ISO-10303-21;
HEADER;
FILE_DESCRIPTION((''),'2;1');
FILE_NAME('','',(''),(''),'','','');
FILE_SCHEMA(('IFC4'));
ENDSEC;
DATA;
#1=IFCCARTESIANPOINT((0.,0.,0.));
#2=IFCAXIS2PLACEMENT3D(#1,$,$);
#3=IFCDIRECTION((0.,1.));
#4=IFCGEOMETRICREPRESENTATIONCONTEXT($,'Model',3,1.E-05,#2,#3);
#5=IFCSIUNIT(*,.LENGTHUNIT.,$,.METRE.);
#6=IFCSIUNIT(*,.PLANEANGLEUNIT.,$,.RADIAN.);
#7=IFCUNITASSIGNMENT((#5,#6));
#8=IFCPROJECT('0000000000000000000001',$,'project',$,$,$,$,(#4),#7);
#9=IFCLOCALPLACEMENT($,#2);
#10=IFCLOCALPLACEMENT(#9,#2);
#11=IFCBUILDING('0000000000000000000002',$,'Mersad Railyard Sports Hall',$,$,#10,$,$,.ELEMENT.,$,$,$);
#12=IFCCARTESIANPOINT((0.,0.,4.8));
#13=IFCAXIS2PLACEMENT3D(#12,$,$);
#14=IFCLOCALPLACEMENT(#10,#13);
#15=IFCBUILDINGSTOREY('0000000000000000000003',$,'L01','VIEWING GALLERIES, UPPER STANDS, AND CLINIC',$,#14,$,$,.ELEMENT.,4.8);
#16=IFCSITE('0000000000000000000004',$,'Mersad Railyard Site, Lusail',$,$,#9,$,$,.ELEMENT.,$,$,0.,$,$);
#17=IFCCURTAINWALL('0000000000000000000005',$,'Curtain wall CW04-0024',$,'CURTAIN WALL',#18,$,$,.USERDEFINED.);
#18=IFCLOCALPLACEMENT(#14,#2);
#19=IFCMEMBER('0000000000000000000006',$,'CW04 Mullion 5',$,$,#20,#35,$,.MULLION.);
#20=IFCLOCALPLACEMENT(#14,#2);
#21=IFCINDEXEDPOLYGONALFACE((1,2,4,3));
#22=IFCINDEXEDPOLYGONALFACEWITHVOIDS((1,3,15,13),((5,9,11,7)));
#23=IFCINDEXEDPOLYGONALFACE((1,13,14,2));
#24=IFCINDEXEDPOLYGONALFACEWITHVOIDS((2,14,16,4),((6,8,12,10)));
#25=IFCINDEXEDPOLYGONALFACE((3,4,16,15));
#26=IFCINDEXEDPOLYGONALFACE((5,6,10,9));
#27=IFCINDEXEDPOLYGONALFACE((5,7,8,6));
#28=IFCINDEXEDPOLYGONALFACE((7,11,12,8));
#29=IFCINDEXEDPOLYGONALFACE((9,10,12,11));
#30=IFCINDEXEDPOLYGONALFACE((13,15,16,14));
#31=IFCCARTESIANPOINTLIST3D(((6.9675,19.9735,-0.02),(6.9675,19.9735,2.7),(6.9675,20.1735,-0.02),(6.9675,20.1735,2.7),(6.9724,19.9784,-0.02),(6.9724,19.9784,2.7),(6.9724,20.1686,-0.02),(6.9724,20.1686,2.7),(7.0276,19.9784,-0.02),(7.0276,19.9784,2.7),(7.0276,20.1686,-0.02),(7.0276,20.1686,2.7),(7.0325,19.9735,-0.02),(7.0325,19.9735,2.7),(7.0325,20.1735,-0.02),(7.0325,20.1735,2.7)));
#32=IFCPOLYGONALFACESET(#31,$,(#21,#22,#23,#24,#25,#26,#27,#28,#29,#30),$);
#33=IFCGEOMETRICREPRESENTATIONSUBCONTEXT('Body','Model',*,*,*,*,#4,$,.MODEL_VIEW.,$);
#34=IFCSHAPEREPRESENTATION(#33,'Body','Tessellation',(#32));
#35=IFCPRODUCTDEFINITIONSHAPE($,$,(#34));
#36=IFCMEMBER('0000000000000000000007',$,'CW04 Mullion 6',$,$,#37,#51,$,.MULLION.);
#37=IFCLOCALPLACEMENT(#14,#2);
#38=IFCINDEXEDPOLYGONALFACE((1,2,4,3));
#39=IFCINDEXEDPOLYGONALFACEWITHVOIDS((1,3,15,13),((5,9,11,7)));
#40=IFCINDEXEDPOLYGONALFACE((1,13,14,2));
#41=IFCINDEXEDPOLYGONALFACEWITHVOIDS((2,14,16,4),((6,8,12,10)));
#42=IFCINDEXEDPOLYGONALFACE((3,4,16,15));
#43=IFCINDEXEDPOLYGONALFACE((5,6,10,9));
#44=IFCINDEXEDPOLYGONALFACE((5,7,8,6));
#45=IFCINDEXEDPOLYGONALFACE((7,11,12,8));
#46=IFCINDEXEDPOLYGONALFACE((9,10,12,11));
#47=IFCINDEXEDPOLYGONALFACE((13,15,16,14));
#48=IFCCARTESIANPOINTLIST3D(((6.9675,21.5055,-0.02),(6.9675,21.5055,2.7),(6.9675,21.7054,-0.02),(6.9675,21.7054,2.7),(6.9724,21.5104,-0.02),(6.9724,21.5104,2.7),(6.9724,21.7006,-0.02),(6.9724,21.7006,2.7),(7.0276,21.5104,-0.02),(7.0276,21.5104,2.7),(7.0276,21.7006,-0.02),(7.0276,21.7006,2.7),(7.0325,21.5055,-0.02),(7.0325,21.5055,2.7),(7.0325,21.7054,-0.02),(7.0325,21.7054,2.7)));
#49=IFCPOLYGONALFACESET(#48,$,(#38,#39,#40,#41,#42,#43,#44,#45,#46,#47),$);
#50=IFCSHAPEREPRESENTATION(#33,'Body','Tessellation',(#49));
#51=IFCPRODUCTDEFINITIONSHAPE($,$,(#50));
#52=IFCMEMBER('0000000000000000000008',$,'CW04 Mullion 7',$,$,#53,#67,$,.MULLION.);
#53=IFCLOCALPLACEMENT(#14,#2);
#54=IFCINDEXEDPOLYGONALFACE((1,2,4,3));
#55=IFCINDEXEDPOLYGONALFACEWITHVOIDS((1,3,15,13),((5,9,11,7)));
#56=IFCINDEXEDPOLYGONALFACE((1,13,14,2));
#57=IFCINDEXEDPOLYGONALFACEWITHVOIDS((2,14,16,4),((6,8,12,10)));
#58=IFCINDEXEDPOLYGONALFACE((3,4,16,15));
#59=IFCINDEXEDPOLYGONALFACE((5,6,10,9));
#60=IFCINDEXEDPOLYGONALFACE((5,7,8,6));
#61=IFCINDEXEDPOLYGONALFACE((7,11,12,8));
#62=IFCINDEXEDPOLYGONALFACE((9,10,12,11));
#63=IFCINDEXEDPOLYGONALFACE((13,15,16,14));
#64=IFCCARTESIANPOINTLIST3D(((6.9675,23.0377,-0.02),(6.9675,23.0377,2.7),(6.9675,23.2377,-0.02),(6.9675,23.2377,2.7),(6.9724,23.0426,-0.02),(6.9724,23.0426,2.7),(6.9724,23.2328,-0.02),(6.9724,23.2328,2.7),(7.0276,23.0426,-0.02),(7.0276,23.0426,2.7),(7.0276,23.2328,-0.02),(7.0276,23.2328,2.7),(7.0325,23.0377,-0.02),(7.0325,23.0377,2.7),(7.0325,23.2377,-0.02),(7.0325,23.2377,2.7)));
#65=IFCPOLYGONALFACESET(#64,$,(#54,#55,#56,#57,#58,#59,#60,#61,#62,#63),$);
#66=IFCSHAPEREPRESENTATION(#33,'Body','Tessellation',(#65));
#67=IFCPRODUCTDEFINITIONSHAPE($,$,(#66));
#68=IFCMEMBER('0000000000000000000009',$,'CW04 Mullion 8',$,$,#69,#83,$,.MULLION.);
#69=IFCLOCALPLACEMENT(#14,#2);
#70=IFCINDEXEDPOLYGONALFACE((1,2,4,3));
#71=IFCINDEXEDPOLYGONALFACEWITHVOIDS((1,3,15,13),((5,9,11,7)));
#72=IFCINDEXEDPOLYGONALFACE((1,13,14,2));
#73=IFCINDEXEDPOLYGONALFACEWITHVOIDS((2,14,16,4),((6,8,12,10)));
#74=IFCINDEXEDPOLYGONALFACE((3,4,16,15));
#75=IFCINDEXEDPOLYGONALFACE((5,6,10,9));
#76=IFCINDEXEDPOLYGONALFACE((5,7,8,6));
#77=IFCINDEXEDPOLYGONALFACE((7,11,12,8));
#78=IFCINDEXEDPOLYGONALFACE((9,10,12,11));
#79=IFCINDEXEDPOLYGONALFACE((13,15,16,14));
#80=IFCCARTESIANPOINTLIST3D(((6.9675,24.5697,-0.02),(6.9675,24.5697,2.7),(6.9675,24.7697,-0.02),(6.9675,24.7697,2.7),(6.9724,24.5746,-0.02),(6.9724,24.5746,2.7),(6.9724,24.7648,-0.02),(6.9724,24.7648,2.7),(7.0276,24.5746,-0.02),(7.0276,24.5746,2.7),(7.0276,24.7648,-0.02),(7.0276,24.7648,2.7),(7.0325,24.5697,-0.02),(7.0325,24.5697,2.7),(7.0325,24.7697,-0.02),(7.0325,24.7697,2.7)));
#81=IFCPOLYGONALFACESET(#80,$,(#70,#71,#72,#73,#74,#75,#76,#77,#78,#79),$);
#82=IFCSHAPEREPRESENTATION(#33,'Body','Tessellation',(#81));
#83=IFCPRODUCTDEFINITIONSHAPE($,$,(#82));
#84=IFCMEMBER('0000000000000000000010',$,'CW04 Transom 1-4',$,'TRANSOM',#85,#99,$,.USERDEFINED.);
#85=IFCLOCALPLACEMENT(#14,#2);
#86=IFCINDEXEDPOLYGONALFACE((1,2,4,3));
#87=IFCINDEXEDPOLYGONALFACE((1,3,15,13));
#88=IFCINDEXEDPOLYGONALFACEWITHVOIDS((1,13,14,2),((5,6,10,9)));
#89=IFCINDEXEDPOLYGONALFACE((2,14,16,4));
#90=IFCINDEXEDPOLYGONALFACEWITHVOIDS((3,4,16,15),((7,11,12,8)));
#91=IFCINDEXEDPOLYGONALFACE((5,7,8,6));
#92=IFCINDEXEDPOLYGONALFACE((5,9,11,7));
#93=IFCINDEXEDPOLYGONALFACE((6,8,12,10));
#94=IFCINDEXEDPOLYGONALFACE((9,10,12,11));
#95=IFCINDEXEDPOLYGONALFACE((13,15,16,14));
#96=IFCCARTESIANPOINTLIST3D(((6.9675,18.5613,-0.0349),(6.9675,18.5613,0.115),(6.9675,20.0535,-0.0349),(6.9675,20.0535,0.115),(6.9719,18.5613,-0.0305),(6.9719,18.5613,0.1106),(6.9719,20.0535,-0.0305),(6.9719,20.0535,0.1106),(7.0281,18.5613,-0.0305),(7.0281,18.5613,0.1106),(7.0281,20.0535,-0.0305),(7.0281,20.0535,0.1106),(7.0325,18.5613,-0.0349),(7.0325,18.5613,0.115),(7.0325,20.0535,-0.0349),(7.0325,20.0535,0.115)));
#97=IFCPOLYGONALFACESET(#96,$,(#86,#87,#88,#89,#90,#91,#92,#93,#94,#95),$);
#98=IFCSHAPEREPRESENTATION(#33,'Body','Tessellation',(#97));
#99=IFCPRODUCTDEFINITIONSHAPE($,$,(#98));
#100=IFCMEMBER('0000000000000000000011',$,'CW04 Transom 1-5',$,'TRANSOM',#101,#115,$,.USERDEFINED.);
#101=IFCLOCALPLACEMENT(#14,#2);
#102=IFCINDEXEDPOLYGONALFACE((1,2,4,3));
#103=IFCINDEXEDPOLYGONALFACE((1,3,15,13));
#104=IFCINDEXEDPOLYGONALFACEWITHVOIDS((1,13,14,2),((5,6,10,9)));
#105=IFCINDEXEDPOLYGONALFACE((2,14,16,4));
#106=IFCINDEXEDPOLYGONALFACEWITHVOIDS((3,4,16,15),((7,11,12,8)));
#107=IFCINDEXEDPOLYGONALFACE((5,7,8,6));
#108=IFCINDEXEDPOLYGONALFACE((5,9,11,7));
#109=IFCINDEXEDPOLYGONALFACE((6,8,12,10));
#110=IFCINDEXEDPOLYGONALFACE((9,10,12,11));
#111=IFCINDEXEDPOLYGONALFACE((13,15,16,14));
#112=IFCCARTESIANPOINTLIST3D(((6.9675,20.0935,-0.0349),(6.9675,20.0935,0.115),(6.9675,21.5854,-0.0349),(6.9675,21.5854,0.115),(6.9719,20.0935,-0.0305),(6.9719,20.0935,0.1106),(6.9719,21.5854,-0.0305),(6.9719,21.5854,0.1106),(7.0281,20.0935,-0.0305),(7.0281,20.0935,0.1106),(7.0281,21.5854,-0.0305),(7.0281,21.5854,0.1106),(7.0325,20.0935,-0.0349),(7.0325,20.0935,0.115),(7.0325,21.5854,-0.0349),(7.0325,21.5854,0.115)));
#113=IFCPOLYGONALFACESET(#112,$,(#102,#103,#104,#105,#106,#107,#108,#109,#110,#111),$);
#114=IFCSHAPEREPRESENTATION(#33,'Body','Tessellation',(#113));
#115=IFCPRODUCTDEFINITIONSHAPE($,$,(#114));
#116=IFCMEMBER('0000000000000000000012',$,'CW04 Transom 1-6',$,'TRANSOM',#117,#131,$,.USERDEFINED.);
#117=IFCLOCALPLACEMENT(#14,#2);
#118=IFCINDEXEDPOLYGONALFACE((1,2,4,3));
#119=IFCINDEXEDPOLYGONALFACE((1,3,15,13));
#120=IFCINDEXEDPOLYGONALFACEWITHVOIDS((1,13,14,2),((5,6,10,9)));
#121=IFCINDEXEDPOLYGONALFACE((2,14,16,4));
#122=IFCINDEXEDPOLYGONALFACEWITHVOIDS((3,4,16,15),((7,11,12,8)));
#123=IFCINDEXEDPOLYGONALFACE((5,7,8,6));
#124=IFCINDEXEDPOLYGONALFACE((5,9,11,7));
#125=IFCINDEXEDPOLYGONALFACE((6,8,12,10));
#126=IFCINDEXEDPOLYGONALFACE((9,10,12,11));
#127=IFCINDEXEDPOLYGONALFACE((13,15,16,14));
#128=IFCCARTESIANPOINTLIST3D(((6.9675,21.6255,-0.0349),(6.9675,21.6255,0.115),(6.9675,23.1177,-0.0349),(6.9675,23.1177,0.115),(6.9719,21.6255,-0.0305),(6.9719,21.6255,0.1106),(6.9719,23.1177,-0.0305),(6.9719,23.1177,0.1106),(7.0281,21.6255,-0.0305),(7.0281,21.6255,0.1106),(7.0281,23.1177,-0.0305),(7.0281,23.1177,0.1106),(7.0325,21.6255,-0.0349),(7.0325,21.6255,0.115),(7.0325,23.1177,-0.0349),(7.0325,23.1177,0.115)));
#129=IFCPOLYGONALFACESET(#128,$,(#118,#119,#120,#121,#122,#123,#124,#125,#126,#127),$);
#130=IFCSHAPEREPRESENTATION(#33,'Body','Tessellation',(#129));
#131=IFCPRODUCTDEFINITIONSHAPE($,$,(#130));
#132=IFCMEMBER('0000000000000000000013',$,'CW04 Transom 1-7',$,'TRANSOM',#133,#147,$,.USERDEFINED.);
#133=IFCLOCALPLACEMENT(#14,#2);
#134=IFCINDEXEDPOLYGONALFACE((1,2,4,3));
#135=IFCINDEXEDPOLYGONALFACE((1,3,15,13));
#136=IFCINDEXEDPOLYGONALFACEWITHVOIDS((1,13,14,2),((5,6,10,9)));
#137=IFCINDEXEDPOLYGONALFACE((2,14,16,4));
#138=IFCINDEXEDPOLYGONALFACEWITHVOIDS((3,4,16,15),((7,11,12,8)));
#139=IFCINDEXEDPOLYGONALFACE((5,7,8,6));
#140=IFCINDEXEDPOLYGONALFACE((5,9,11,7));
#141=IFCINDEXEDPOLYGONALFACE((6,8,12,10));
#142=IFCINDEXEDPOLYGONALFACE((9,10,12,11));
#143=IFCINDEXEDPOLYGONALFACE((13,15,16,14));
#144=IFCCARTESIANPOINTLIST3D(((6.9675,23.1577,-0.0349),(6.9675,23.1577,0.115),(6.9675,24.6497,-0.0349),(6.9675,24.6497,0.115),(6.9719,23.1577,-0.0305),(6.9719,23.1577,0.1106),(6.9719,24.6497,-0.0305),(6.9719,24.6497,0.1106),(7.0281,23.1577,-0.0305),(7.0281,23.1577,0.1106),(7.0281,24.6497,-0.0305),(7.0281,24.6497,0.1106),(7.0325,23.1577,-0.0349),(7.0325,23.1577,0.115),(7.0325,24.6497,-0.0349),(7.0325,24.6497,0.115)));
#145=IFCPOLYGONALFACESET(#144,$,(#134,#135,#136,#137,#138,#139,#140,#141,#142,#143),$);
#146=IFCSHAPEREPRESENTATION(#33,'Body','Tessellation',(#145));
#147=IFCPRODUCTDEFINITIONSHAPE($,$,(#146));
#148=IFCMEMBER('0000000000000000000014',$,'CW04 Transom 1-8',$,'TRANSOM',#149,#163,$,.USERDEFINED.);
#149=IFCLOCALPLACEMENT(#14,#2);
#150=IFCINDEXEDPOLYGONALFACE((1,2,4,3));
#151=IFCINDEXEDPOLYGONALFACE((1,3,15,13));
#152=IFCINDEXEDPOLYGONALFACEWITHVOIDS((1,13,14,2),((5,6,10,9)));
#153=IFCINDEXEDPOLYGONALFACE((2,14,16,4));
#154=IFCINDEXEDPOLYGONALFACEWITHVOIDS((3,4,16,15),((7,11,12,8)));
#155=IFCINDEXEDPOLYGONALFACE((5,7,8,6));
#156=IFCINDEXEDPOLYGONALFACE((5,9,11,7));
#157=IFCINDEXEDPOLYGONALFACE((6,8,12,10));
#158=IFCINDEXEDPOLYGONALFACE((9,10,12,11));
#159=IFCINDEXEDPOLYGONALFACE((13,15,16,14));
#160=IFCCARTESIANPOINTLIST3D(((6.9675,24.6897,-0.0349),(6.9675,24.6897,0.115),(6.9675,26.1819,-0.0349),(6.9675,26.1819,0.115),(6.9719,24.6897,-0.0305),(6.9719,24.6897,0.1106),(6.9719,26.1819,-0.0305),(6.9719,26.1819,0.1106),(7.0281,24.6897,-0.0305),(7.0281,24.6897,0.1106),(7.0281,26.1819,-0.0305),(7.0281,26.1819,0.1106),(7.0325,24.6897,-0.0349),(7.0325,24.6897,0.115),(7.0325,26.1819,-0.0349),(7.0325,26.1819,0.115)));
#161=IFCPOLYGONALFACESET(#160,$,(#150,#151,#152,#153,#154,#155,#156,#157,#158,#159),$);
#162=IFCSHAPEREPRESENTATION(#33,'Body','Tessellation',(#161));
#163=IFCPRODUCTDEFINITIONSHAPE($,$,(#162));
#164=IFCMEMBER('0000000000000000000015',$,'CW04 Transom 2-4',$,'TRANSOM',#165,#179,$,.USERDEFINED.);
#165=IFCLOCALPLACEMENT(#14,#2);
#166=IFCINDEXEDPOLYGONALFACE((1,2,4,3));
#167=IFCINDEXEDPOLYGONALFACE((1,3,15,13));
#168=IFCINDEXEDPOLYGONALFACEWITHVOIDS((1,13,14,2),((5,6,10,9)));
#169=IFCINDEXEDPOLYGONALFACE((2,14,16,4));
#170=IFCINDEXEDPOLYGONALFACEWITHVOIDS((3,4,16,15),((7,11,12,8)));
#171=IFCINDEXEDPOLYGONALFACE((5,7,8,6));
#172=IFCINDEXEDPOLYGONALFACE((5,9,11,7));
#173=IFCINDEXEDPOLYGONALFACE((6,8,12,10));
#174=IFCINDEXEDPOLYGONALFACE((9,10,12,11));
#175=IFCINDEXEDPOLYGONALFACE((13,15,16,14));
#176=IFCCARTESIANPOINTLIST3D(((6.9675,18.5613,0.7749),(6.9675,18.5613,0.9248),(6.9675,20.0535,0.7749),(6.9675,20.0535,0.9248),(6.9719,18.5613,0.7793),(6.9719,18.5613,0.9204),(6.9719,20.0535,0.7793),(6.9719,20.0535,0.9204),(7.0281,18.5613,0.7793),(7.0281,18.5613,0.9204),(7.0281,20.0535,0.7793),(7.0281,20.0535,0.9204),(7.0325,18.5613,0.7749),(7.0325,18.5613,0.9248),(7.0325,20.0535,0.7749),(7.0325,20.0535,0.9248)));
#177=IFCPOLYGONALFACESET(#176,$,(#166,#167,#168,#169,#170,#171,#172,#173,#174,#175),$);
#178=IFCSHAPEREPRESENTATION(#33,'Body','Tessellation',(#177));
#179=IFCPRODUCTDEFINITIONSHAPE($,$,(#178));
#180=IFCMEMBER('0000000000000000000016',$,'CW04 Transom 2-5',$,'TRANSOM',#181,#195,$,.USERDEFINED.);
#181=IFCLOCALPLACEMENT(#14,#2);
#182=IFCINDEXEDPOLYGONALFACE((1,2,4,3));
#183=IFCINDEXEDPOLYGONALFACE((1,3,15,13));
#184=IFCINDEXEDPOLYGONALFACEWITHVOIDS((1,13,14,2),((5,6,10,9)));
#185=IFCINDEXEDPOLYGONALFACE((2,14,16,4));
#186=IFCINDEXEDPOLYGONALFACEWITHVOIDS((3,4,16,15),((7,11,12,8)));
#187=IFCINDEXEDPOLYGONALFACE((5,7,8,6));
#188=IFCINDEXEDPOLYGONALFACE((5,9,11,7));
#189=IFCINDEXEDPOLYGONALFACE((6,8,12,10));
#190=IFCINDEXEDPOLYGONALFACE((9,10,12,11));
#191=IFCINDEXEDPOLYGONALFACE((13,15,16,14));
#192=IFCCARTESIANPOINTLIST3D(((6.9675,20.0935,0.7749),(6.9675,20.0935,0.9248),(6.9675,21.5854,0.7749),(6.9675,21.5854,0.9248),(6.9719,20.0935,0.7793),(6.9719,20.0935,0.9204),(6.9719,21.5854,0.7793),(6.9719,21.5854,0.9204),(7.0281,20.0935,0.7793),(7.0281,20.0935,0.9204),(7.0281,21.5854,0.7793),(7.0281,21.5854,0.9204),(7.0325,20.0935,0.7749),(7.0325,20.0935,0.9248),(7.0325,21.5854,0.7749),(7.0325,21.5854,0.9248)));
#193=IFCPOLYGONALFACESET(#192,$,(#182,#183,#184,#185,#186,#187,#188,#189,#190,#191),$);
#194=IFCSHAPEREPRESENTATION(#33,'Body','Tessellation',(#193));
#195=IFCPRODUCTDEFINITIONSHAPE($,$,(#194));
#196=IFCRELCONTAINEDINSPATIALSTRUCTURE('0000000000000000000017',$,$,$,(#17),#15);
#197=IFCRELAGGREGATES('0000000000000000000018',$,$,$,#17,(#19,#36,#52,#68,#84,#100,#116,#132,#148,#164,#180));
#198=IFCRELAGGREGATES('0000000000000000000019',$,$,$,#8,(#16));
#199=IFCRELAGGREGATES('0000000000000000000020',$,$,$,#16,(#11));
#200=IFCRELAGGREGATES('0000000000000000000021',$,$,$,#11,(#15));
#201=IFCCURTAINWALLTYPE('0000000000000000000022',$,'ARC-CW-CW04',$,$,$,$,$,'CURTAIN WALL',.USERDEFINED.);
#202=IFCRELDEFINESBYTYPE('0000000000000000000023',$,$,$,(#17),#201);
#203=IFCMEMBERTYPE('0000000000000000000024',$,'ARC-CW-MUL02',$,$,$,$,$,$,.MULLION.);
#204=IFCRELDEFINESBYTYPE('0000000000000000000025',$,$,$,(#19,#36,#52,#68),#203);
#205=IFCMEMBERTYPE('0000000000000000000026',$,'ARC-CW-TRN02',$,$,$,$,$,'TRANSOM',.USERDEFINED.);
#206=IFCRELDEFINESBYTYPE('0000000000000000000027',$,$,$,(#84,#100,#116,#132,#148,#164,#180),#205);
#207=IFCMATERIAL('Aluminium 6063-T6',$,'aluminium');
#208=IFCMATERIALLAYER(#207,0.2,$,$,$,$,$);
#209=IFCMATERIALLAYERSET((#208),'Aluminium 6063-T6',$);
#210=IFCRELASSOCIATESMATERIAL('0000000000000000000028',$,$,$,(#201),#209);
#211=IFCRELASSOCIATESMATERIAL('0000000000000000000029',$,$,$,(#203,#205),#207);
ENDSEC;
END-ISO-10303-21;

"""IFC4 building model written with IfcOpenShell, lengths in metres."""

from ifc_helpers import new_model, si_unit, direction, frame, origin, origin_2d, place, context, subcontext, project, spatial, hollow_rectangle, extrude, material, layer, layer_set, material_profile, profile_set, type_object, element, aggregate, save


model = new_model("IFC4")

# Units and contexts
model_context = context("Model", 3, precision=1e-05, world=origin(), true_north=direction((0.0, 1.0)))
body_context = subcontext(model_context, "Body", "Model", "MODEL_VIEW")
ifc_project = project(units=[si_unit("LENGTHUNIT", "METRE"), si_unit("PLANEANGLEUNIT", "RADIAN")], contexts=[model_context])

# Site, building, storey
site_placement = place(None, origin())
site = spatial("IfcSite", under=ifc_project, at=site_placement, Name="Mersad Railyard Site, Lusail", CompositionType="ELEMENT", RefElevation=0.0)
building_placement = place(site_placement, origin())
building = spatial("IfcBuilding", under=site, at=building_placement, Name="Mersad Railyard Sports Hall", CompositionType="ELEMENT")
storey_placement = place(building_placement, frame((0.0, 0.0, 4.8)))
storey = spatial("IfcBuildingStorey", under=building, at=storey_placement, Name="L01", Description="VIEWING GALLERIES, UPPER STANDS, AND CLINIC", CompositionType="ELEMENT", Elevation=4.8)

# Curtain wall, members
ifc_material_1 = material(Name="Aluminium 6063-T6", Category="aluminium")
ifc_layer_1 = layer(ifc_material_1, 0.2)
ifc_layer_set_1 = layer_set([ifc_layer_1], Name="Aluminium 6063-T6")
curtain_wall_type = type_object("IfcCurtainWallType", Name="ARC-CW-CW04", ElementType="CURTAIN WALL", PredefinedType="USERDEFINED", material=ifc_layer_set_1)
curtain_wall_placement = place(storey_placement, origin())
curtain_wall = element("IfcCurtainWall", 1, at=curtain_wall_placement, inside=storey, type_object=curtain_wall_type, Name="Curtain wall CW04-0024", ObjectType="CURTAIN WALL", PredefinedType="USERDEFINED")
ifc_material_profile_1 = material_profile(ifc_material_1, hollow_rectangle(XDim=0.0649, YDim=0.2, WallThickness=0.0049, at=origin_2d()), Name="AL MULLION 65x200x5")
ifc_profile_set_1 = profile_set([ifc_material_profile_1], Name="Aluminium 6063-T6")
member_type_1 = type_object("IfcMemberType", Name="ARC-CW-MUL02", PredefinedType="MULLION", material=ifc_profile_set_1)
member_1_placement = place(storey_placement, frame((7.0, 20.0735, -0.02), z_axis=(0.0, 0.0, 1.0), x_axis=(1.0, 0.0, 0.0)))
member_1 = element("IfcMember", 2, at=member_1_placement, type_object=member_type_1, Name="CW04 Mullion 5", PredefinedType="MULLION", context=body_context, shape_type="SweptSolid", body=[
    extrude(hollow_rectangle(XDim=0.0649, YDim=0.2, WallThickness=0.0049, at=origin_2d()), origin(), (0.0, 0.0, 1.0), 2.72),
])
member_2_placement = place(storey_placement, frame((7.0, 21.6055, -0.02), z_axis=(0.0, 0.0, 1.0), x_axis=(1.0, 0.0, 0.0)))
member_2 = element("IfcMember", 3, at=member_2_placement, type_object=member_type_1, Name="CW04 Mullion 6", PredefinedType="MULLION", context=body_context, shape_type="SweptSolid", body=[
    extrude(hollow_rectangle(XDim=0.0649, YDim=0.2, WallThickness=0.0049, at=origin_2d()), origin(), (0.0, 0.0, 1.0), 2.72),
])
member_3_placement = place(storey_placement, frame((7.0, 23.1377, -0.02), z_axis=(0.0, 0.0, 1.0), x_axis=(1.0, 0.0, 0.0)))
member_3 = element("IfcMember", 4, at=member_3_placement, type_object=member_type_1, Name="CW04 Mullion 7", PredefinedType="MULLION", context=body_context, shape_type="SweptSolid", body=[
    extrude(hollow_rectangle(XDim=0.0649, YDim=0.2, WallThickness=0.0049, at=origin_2d()), origin(), (0.0, 0.0, 1.0), 2.72),
])
member_4_placement = place(storey_placement, frame((7.0, 24.6697, -0.02), z_axis=(0.0, 0.0, 1.0), x_axis=(1.0, 0.0, 0.0)))
member_4 = element("IfcMember", 5, at=member_4_placement, type_object=member_type_1, Name="CW04 Mullion 8", PredefinedType="MULLION", context=body_context, shape_type="SweptSolid", body=[
    extrude(hollow_rectangle(XDim=0.0649, YDim=0.2, WallThickness=0.0049, at=origin_2d()), origin(), (0.0, 0.0, 1.0), 2.72),
])
ifc_material_profile_2 = material_profile(ifc_material_1, hollow_rectangle(XDim=0.0649, YDim=0.1499, WallThickness=0.0044, at=origin_2d()), Name="AL TRANSOM 65x150x4.5")
ifc_profile_set_2 = profile_set([ifc_material_profile_2], Name="Aluminium 6063-T6")
member_type_2 = type_object("IfcMemberType", Name="ARC-CW-TRN02", ElementType="TRANSOM", PredefinedType="USERDEFINED", material=ifc_profile_set_2)
member_5_placement = place(storey_placement, frame((7.0, 18.5613, 0.04), z_axis=(0.0, 1.0, 0.0), x_axis=(-1.0, 0.0, 0.0)))
member_5 = element("IfcMember", 6, at=member_5_placement, type_object=member_type_2, Name="CW04 Transom 1-4", ObjectType="TRANSOM", PredefinedType="USERDEFINED", context=body_context, shape_type="SweptSolid", body=[
    extrude(hollow_rectangle(XDim=0.0649, YDim=0.1499, WallThickness=0.0044, at=origin_2d()), origin(), (0.0, 0.0, 1.0), 1.4922),
])
member_6_placement = place(storey_placement, frame((7.0, 20.0935, 0.04), z_axis=(0.0, 1.0, 0.0), x_axis=(-1.0, 0.0, 0.0)))
member_6 = element("IfcMember", 7, at=member_6_placement, type_object=member_type_2, Name="CW04 Transom 1-5", ObjectType="TRANSOM", PredefinedType="USERDEFINED", context=body_context, shape_type="SweptSolid", body=[
    extrude(hollow_rectangle(XDim=0.0649, YDim=0.1499, WallThickness=0.0044, at=origin_2d()), origin(), (0.0, 0.0, 1.0), 1.4919),
])
member_7_placement = place(storey_placement, frame((7.0, 21.6255, 0.04), z_axis=(0.0, 1.0, 0.0), x_axis=(-1.0, 0.0, 0.0)))
member_7 = element("IfcMember", 8, at=member_7_placement, type_object=member_type_2, Name="CW04 Transom 1-6", ObjectType="TRANSOM", PredefinedType="USERDEFINED", context=body_context, shape_type="SweptSolid", body=[
    extrude(hollow_rectangle(XDim=0.0649, YDim=0.1499, WallThickness=0.0044, at=origin_2d()), origin(), (0.0, 0.0, 1.0), 1.4922),
])
member_8_placement = place(storey_placement, frame((7.0, 23.1577, 0.04), z_axis=(0.0, 1.0, 0.0), x_axis=(-1.0, 0.0, 0.0)))
member_8 = element("IfcMember", 9, at=member_8_placement, type_object=member_type_2, Name="CW04 Transom 1-7", ObjectType="TRANSOM", PredefinedType="USERDEFINED", context=body_context, shape_type="SweptSolid", body=[
    extrude(hollow_rectangle(XDim=0.0649, YDim=0.1499, WallThickness=0.0044, at=origin_2d()), origin(), (0.0, 0.0, 1.0), 1.4919),
])
member_9_placement = place(storey_placement, frame((7.0, 24.6897, 0.04), z_axis=(0.0, 1.0, 0.0), x_axis=(-1.0, 0.0, 0.0)))
member_9 = element("IfcMember", 10, at=member_9_placement, type_object=member_type_2, Name="CW04 Transom 1-8", ObjectType="TRANSOM", PredefinedType="USERDEFINED", context=body_context, shape_type="SweptSolid", body=[
    extrude(hollow_rectangle(XDim=0.0649, YDim=0.1499, WallThickness=0.0044, at=origin_2d()), origin(), (0.0, 0.0, 1.0), 1.4922),
])
member_10_placement = place(storey_placement, frame((7.0, 18.5613, 0.8499), z_axis=(0.0, 1.0, 0.0), x_axis=(-1.0, 0.0, 0.0)))
member_10 = element("IfcMember", 11, at=member_10_placement, type_object=member_type_2, Name="CW04 Transom 2-4", ObjectType="TRANSOM", PredefinedType="USERDEFINED", context=body_context, shape_type="SweptSolid", body=[
    extrude(hollow_rectangle(XDim=0.0649, YDim=0.1499, WallThickness=0.0044, at=origin_2d()), origin(), (0.0, 0.0, 1.0), 1.4922),
])
member_11_placement = place(storey_placement, frame((7.0, 20.0935, 0.8499), z_axis=(0.0, 1.0, 0.0), x_axis=(-1.0, 0.0, 0.0)))
member_11 = element("IfcMember", 12, at=member_11_placement, type_object=member_type_2, Name="CW04 Transom 2-5", ObjectType="TRANSOM", PredefinedType="USERDEFINED", context=body_context, shape_type="SweptSolid", body=[
    extrude(hollow_rectangle(XDim=0.0649, YDim=0.1499, WallThickness=0.0044, at=origin_2d()), origin(), (0.0, 0.0, 1.0), 1.4919),
])
aggregate(curtain_wall, [member_1, member_2, member_3, member_4, member_5, member_6, member_7, member_8, member_9, member_10, member_11])

save(model, "model.ifc")
